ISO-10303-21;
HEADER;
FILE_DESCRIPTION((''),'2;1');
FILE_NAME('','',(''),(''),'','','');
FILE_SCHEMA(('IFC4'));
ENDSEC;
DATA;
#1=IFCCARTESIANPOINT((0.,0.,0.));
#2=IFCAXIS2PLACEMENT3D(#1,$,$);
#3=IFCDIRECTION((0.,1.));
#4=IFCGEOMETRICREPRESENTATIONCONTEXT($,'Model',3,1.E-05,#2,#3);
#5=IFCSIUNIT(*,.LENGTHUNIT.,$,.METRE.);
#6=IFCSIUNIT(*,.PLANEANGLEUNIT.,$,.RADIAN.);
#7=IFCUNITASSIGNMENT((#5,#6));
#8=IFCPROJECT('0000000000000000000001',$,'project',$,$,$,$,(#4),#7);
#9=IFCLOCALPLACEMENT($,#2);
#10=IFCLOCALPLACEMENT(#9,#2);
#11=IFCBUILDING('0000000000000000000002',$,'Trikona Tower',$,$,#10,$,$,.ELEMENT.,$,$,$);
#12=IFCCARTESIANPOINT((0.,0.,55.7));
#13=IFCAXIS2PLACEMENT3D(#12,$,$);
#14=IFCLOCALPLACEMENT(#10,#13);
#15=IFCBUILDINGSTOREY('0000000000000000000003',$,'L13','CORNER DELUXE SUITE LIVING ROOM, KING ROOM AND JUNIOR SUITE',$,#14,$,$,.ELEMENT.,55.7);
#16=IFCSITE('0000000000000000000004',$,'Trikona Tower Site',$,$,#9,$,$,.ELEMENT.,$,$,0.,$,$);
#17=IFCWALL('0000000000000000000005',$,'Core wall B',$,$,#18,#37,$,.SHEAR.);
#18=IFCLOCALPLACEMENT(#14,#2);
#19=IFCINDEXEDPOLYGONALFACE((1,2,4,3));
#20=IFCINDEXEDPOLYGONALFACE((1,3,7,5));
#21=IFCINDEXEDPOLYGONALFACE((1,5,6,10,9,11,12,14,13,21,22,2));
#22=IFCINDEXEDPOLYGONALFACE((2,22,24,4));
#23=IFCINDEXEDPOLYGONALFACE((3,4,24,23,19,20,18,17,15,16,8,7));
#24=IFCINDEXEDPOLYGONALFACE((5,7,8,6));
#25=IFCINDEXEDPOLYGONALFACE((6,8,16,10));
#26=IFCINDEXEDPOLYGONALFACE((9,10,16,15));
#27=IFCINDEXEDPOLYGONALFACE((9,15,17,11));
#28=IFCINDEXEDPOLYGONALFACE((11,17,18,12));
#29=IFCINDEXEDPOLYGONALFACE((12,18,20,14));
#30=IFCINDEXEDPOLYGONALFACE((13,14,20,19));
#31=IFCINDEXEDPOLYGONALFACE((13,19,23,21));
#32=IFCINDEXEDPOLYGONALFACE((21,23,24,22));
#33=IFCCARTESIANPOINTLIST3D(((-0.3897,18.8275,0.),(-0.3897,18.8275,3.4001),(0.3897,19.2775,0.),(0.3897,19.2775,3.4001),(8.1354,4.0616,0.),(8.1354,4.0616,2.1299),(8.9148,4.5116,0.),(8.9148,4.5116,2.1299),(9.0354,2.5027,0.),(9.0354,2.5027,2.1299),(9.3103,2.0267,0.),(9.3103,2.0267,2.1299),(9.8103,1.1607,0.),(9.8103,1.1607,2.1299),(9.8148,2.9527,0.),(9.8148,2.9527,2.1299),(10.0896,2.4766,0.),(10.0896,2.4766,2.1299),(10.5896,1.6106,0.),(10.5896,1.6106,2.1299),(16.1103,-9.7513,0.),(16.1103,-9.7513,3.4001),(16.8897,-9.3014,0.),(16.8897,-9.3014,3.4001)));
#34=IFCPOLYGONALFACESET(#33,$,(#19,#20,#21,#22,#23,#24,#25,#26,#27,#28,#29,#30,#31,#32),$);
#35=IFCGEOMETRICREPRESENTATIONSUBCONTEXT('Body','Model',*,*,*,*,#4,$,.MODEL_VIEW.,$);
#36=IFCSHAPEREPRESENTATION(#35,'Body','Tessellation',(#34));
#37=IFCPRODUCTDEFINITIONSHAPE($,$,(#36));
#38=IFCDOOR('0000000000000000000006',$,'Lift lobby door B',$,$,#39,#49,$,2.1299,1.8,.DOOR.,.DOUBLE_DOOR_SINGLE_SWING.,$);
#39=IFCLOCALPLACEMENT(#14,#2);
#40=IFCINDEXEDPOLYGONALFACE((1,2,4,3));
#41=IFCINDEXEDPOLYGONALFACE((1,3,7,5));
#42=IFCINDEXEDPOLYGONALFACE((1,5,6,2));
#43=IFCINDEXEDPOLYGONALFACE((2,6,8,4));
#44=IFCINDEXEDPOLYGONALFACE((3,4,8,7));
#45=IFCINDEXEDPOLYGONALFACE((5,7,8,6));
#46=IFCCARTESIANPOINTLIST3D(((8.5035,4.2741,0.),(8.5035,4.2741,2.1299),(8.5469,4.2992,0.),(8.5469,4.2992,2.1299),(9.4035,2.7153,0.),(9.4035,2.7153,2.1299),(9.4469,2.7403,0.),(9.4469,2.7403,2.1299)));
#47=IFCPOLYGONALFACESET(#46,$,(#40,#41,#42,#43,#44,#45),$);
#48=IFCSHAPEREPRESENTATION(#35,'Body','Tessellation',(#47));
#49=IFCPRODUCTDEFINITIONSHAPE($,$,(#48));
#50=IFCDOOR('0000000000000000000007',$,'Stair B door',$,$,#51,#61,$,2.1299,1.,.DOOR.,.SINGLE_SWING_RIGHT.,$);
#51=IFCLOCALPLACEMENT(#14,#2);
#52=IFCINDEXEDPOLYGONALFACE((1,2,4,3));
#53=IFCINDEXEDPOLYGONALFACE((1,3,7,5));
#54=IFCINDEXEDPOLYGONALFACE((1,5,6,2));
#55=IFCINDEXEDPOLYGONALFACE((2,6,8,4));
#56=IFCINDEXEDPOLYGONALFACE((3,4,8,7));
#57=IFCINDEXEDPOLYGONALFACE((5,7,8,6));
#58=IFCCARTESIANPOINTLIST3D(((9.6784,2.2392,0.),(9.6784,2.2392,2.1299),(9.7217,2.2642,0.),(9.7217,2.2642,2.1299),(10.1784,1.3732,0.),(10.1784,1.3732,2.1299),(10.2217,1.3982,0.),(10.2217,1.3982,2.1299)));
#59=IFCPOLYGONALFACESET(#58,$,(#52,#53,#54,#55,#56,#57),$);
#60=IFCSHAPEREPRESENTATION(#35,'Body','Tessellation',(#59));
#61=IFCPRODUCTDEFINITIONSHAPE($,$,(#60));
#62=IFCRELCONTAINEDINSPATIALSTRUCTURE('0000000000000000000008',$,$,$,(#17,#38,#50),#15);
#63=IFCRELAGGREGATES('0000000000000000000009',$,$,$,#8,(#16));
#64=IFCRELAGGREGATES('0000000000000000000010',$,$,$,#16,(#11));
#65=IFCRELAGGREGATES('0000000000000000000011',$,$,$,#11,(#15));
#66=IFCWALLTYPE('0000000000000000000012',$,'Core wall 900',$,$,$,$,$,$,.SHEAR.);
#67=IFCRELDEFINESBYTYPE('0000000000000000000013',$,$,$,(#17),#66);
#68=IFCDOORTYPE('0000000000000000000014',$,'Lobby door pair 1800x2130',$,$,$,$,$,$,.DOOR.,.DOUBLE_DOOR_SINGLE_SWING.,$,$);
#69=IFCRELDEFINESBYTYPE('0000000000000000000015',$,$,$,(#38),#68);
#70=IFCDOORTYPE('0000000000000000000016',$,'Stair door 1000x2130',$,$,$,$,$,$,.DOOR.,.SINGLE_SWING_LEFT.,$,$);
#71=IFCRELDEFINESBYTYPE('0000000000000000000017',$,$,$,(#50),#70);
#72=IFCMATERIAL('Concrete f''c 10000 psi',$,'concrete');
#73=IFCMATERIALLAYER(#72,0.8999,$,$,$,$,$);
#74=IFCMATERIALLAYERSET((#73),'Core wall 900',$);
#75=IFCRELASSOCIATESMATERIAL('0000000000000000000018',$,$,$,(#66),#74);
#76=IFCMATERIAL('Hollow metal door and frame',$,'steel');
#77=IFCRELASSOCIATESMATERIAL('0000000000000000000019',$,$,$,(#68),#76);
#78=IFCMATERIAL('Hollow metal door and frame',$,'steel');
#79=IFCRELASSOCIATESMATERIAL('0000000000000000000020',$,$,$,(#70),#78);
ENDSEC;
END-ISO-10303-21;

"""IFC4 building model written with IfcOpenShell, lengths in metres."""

from ifc_helpers import new_model, si_unit, direction, frame, frame_2d, origin, place, context, subcontext, project, spatial, rectangle, extrude, material, layer, layer_set, type_object, element, fill, save


model = new_model("IFC4")

# Units and contexts
model_context = context("Model", 3, precision=1e-05, world=origin(), true_north=direction((0.0, 1.0)))
body_context = subcontext(model_context, "Body", "Model", "MODEL_VIEW")
ifc_project = project(units=[si_unit("LENGTHUNIT", "METRE"), si_unit("PLANEANGLEUNIT", "RADIAN")], contexts=[model_context])

# Site, building, storey
site_placement = place(None, origin())
site = spatial("IfcSite", under=ifc_project, at=site_placement, Name="Trikona Tower Site", CompositionType="ELEMENT", RefElevation=0.0)
building_placement = place(site_placement, origin())
building = spatial("IfcBuilding", under=site, at=building_placement, Name="Trikona Tower", CompositionType="ELEMENT")
storey_placement = place(building_placement, frame((0.0, 0.0, 55.7)))
storey = spatial("IfcBuildingStorey", under=building, at=storey_placement, Name="L13", Description="CORNER DELUXE SUITE LIVING ROOM, KING ROOM AND JUNIOR SUITE", CompositionType="ELEMENT", Elevation=55.7)

# Wall, openings, doors
ifc_material_1 = material(Name="Concrete f'c 10000 psi", Category="concrete")
ifc_layer_1 = layer(ifc_material_1, 0.8999)
ifc_layer_set_1 = layer_set([ifc_layer_1], Name="Core wall 900")
wall_type_1 = type_object("IfcWallType", Name="Core wall 900", PredefinedType="SHEAR", material=ifc_layer_set_1)
wall_1_placement = place(storey_placement, frame((16.5, -9.5264, 0.0), z_axis=(0.0, 0.0, 1.0), x_axis=(-0.5, 0.866026, 0.0)))
wall_1 = element("IfcWall", 1, at=wall_1_placement, inside=storey, type_object=wall_type_1, Name="Core wall B", PredefinedType="SHEAR", context=body_context, shape_type="SweptSolid", body=[
    extrude(rectangle(XDim=33.0, YDim=0.8999, at=frame_2d((16.5, 0.0))), origin(), (0.0, 0.0, 1.0), 3.4001),
])
opening_1_placement = place(wall_1_placement, frame((14.1499, 0.0, 0.0)))
opening_1 = element("IfcOpeningElement", 2, at=opening_1_placement, cuts=wall_1, PredefinedType="OPENING", context=body_context, shape_type="SweptSolid", body=[
    extrude(rectangle(XDim=1.8, YDim=2.1299, at=frame_2d((0.8999, 1.0649))), frame((0.0, 0.46, 0.0), z_axis=(0.0, -1.0, 0.0), x_axis=(1.0, 0.0, 0.0)), (0.0, 0.0, 1.0), 0.9199),
])
opening_2_placement = place(wall_1_placement, frame((12.6001, 0.0, 0.0)))
opening_2 = element("IfcOpeningElement", 3, at=opening_2_placement, cuts=wall_1, PredefinedType="OPENING", context=body_context, shape_type="SweptSolid", body=[
    extrude(rectangle(XDim=1.0, YDim=2.1299, at=frame_2d((0.5, 1.0649))), frame((0.0, 0.46, 0.0), z_axis=(0.0, -1.0, 0.0), x_axis=(1.0, 0.0, 0.0)), (0.0, 0.0, 1.0), 0.9199),
])
ifc_material_2 = material(Name="Hollow metal door and frame", Category="steel")
door_type_1 = type_object("IfcDoorType", Name="Lobby door pair 1800x2130", OperationType="DOUBLE_DOOR_SINGLE_SWING", PredefinedType="DOOR", material=ifc_material_2)
door_1_placement = place(opening_1_placement, origin())
door_1 = element("IfcDoor", 4, at=door_1_placement, inside=storey, type_object=door_type_1, Name="Lift lobby door B", OperationType="DOUBLE_DOOR_SINGLE_SWING", OverallHeight=2.1299, OverallWidth=1.8, PredefinedType="DOOR", context=body_context, shape_type="SweptSolid", body=[
    extrude(rectangle(XDim=1.8, YDim=2.1299, at=frame_2d((0.8999, 1.0649))), frame((0.0, 0.0249, 0.0), z_axis=(0.0, -1.0, 0.0), x_axis=(1.0, 0.0, 0.0)), (0.0, 0.0, 1.0), 0.05),
])
fill(opening_1, door_1)
ifc_material_3 = material(Name="Hollow metal door and frame", Category="steel")
door_type_2 = type_object("IfcDoorType", Name="Stair door 1000x2130", OperationType="SINGLE_SWING_LEFT", PredefinedType="DOOR", material=ifc_material_3)
door_2_placement = place(opening_2_placement, origin())
door_2 = element("IfcDoor", 5, at=door_2_placement, inside=storey, type_object=door_type_2, Name="Stair B door", OperationType="SINGLE_SWING_RIGHT", OverallHeight=2.1299, OverallWidth=1.0, PredefinedType="DOOR", context=body_context, shape_type="SweptSolid", body=[
    extrude(rectangle(XDim=1.0, YDim=2.1299, at=frame_2d((0.5, 1.0649))), frame((0.0, 0.0249, 0.0), z_axis=(0.0, -1.0, 0.0), x_axis=(1.0, 0.0, 0.0)), (0.0, 0.0, 1.0), 0.05),
])
fill(opening_2, door_2)

save(model, "model.ifc")
